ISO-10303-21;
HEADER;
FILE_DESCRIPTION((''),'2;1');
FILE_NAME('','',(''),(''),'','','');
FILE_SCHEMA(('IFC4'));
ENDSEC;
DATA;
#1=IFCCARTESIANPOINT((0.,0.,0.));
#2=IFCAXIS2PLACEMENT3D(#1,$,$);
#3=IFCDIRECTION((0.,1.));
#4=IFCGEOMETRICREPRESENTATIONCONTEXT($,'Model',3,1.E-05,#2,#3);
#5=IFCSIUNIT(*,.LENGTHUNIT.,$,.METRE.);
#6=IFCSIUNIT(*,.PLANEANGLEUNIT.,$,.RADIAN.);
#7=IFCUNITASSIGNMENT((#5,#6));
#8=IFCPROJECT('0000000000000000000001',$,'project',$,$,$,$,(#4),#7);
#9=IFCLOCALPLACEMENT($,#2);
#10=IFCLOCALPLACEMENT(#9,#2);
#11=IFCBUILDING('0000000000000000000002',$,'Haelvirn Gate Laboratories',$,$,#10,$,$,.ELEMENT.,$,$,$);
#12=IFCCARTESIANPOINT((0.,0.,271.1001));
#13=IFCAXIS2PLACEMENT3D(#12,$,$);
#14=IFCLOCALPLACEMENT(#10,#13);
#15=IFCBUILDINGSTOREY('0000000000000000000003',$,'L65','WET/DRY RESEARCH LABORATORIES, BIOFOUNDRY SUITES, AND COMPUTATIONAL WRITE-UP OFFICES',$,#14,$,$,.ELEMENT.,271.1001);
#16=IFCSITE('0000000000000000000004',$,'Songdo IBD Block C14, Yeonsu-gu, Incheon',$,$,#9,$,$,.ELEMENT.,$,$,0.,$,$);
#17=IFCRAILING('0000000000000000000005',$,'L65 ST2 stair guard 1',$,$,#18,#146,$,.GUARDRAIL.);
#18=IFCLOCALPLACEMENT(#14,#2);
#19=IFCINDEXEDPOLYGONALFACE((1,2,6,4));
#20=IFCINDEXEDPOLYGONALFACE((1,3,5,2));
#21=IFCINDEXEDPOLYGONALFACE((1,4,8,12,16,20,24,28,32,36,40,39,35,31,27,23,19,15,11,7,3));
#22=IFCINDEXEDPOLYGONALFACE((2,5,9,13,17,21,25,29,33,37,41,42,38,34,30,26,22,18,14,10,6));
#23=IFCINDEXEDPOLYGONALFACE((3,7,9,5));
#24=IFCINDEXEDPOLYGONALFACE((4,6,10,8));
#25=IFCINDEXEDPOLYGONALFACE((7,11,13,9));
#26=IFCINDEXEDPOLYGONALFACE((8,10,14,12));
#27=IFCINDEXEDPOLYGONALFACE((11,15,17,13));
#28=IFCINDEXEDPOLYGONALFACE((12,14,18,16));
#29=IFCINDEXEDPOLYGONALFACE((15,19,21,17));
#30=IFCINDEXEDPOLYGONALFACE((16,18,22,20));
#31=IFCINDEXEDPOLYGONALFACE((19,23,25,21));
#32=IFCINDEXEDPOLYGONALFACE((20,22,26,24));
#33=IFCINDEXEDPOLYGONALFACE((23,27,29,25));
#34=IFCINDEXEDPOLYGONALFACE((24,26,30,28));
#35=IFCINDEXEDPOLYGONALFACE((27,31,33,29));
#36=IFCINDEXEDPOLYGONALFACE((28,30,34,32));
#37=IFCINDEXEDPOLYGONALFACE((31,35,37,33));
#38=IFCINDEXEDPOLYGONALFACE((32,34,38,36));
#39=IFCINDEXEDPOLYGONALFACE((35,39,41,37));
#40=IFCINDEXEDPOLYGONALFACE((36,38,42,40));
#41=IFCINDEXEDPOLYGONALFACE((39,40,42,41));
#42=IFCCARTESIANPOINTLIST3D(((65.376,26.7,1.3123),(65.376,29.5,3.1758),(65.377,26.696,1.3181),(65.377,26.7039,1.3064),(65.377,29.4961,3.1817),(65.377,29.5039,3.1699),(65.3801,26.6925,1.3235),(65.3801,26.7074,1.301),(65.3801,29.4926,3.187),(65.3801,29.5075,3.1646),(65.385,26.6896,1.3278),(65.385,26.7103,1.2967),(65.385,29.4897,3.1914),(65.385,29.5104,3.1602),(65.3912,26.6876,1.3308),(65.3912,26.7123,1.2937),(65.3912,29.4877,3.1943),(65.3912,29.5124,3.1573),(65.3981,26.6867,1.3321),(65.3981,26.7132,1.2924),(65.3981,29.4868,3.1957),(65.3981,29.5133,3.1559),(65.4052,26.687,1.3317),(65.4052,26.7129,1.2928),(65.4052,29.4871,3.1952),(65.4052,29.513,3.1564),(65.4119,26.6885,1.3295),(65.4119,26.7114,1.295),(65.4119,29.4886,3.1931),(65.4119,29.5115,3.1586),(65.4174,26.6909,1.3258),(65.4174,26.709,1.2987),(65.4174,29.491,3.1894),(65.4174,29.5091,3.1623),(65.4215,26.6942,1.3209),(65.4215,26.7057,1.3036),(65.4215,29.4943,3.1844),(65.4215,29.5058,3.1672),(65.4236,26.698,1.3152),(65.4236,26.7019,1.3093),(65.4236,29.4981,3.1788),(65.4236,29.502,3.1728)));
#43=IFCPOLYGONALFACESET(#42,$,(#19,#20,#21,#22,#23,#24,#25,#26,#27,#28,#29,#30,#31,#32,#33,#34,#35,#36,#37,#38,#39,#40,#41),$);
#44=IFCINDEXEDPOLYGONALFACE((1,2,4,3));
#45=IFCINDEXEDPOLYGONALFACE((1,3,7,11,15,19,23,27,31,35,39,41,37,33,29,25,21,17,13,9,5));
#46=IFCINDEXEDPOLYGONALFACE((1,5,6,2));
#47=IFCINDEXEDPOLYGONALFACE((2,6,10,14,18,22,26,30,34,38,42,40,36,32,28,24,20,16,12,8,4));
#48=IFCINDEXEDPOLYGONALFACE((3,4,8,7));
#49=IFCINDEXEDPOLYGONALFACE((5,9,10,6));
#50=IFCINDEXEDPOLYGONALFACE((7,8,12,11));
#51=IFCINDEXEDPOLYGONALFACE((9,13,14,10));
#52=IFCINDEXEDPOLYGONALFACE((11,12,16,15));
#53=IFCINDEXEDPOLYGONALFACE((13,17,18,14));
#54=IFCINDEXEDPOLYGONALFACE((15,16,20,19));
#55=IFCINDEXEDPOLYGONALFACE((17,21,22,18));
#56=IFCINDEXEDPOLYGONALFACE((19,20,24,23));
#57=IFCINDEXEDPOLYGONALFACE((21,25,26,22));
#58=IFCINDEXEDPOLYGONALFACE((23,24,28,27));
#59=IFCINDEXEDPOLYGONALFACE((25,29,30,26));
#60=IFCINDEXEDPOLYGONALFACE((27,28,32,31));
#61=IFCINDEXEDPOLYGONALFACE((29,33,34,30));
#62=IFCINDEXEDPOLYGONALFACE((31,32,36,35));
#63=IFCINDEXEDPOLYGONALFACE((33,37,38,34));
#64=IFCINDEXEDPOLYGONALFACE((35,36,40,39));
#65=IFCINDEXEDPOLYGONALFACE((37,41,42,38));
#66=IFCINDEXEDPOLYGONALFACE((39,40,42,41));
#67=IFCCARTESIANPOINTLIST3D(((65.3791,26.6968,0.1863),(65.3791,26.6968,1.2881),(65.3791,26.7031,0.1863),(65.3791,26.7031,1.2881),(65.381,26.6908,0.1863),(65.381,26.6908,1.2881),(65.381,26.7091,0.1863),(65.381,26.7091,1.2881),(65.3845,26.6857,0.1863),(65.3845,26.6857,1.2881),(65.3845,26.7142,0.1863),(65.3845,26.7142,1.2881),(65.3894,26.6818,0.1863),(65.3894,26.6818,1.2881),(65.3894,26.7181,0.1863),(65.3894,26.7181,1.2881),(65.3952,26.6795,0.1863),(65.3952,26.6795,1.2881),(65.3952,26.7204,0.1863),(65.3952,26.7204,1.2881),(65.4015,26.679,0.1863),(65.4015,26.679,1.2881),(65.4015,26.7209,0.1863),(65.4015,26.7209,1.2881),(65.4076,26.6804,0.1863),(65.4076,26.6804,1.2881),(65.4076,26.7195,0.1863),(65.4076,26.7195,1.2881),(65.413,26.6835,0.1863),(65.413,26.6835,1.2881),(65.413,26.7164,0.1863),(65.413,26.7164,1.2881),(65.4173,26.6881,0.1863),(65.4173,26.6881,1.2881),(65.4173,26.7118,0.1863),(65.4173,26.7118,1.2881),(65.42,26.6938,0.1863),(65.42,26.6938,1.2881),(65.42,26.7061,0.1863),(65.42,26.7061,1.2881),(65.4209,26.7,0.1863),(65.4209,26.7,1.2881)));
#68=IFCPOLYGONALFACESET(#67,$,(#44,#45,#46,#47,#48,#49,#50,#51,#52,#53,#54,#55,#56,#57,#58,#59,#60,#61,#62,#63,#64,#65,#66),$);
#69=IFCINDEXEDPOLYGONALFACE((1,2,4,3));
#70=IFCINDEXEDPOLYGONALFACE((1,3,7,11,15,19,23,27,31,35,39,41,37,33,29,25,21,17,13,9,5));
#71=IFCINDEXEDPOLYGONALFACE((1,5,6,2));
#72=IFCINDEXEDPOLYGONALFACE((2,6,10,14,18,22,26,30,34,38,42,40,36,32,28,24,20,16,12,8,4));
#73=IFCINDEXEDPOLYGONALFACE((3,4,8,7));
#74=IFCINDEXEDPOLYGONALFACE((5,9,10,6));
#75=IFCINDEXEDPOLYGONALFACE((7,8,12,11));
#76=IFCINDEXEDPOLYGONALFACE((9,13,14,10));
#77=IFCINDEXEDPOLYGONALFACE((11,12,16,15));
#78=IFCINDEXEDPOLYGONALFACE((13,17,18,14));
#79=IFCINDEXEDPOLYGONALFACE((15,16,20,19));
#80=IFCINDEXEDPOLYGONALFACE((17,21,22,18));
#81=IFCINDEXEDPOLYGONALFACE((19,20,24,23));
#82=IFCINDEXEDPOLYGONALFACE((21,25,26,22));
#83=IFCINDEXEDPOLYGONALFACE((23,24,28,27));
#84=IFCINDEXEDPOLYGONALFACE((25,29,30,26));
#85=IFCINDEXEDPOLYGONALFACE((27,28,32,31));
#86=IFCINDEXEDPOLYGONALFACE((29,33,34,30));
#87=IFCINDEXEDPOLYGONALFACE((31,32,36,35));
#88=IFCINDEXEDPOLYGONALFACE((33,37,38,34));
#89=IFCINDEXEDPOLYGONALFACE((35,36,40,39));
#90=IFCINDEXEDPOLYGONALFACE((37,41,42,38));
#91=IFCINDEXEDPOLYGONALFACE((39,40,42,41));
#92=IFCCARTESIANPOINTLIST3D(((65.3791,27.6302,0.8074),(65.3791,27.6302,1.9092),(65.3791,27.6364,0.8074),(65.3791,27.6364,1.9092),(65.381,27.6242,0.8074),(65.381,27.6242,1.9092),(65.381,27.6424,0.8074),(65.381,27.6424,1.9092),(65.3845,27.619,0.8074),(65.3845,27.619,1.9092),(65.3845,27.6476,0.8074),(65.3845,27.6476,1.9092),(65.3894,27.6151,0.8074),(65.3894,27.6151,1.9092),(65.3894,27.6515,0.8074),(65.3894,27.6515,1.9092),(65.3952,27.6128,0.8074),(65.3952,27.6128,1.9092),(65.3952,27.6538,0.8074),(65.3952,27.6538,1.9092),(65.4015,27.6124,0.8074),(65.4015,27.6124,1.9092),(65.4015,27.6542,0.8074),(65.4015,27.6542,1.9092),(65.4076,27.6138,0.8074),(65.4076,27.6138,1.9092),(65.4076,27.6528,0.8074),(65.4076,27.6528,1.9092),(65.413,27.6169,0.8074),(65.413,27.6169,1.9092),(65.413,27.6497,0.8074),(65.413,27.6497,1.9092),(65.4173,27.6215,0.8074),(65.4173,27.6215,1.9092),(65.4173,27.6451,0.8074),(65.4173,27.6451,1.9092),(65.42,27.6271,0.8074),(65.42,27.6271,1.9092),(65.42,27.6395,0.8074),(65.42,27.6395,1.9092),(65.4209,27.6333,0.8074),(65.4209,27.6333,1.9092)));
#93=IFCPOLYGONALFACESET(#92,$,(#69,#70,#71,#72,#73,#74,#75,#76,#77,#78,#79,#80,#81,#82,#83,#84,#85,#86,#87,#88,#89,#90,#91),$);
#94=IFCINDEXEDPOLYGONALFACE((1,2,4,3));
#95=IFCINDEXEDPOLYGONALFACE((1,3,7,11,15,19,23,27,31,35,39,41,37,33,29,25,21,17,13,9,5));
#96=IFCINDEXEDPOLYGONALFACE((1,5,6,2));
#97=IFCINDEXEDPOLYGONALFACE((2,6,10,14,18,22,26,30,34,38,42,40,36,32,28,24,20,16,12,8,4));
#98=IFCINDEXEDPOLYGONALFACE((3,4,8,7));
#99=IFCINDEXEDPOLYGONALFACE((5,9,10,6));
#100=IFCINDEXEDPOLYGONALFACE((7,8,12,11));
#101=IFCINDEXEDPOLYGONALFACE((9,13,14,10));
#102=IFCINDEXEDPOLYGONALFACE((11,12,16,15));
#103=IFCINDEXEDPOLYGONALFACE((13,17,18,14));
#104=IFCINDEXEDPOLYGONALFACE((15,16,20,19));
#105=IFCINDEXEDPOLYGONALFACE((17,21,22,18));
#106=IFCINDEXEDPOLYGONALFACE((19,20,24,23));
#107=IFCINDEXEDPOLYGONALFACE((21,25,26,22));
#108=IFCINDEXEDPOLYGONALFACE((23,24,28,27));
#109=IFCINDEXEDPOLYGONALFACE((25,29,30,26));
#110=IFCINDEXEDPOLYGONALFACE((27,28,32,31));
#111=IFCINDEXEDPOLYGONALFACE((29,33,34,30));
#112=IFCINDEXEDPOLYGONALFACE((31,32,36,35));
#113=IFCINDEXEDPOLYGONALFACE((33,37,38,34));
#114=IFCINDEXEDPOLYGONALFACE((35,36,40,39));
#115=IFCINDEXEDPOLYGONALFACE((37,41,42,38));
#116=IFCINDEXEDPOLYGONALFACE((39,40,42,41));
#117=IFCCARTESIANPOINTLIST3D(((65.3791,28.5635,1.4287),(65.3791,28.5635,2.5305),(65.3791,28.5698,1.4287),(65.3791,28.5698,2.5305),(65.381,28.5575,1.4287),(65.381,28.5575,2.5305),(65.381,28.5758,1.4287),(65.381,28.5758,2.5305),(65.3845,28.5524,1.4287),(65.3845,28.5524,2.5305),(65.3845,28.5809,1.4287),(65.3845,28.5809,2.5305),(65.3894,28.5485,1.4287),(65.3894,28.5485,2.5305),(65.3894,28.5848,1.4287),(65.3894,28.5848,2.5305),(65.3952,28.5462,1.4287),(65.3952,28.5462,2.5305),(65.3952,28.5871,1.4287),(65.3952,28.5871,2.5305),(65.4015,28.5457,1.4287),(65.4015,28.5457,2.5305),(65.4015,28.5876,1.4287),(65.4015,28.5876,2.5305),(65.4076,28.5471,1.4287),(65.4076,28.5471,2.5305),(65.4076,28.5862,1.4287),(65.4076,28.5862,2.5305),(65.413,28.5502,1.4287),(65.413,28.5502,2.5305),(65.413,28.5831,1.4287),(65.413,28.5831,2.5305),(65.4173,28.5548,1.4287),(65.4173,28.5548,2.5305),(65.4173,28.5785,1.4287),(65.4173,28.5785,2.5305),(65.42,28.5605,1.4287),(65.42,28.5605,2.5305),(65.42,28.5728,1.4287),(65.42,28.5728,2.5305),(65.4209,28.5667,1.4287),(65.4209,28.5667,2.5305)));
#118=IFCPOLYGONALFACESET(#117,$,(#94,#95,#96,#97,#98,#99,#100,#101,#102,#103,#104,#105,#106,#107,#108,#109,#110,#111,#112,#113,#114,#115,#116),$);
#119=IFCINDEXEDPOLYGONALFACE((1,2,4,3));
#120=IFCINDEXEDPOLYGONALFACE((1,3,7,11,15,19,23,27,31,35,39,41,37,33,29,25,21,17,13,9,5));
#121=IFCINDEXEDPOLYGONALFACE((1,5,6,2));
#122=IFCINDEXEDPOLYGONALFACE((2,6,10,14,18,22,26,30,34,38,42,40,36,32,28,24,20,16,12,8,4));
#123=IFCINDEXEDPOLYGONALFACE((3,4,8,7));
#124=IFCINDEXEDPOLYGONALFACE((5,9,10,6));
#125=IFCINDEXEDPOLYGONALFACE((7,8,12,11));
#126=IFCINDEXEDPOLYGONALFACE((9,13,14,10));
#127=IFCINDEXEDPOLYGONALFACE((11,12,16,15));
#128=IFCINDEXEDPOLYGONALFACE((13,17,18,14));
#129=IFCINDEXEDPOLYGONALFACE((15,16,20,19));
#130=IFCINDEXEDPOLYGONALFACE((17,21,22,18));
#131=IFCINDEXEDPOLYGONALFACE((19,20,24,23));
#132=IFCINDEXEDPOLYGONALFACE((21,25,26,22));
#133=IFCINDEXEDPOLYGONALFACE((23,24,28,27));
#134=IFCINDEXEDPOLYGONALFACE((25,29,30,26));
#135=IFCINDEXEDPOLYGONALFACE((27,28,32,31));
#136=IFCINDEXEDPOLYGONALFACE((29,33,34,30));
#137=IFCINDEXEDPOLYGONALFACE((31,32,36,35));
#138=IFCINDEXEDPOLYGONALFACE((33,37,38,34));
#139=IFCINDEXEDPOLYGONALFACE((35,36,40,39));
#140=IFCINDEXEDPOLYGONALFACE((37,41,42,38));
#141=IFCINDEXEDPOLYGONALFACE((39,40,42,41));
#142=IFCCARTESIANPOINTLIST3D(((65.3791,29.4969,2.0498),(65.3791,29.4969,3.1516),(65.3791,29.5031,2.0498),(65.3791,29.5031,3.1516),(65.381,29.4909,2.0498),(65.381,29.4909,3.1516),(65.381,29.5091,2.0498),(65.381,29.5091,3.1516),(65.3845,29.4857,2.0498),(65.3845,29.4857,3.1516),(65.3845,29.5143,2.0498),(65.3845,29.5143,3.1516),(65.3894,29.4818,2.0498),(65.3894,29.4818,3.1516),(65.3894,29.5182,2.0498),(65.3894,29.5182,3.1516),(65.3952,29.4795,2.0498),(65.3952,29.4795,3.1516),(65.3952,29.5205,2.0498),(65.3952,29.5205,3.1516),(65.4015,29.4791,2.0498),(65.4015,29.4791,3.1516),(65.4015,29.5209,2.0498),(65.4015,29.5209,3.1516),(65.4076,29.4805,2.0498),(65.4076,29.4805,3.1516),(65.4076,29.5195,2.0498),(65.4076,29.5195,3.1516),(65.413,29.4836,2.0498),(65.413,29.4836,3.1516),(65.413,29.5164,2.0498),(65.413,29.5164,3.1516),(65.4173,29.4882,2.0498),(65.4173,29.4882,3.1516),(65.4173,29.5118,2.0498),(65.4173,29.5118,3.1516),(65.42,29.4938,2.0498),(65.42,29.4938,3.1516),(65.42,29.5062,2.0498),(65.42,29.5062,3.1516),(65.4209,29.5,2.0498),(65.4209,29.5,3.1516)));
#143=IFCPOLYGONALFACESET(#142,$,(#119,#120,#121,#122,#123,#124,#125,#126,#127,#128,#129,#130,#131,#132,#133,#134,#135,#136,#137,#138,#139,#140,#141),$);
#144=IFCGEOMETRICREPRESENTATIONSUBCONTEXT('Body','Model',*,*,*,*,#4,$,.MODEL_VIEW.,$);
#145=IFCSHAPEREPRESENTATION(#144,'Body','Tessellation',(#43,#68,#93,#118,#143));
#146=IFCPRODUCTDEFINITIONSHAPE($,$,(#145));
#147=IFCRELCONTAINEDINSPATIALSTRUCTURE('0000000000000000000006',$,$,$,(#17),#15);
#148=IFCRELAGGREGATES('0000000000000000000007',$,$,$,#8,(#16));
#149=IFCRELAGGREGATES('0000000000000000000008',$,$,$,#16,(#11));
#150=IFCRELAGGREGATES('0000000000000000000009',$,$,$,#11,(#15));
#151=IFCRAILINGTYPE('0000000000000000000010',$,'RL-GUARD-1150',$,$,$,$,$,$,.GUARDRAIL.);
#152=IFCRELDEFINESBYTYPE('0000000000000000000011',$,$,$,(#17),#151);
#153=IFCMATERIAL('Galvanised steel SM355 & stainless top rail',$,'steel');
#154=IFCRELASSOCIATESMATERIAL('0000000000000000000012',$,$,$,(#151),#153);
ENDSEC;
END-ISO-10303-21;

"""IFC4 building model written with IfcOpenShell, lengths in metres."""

from ifc_helpers import new_model, si_unit, direction, frame, origin, origin_2d, place, context, subcontext, project, spatial, circle, extrude, source, transform, mapped, material, type_object, element, save


model = new_model("IFC4")

# Units and contexts
model_context = context("Model", 3, precision=1e-05, world=origin(), true_north=direction((0.0, 1.0)))
body_context = subcontext(model_context, "Body", "Model", "MODEL_VIEW")
ifc_project = project(units=[si_unit("LENGTHUNIT", "METRE"), si_unit("PLANEANGLEUNIT", "RADIAN")], contexts=[model_context])

# Site, building, storey
site_placement = place(None, origin())
site = spatial("IfcSite", under=ifc_project, at=site_placement, Name="Songdo IBD Block C14, Yeonsu-gu, Incheon", CompositionType="ELEMENT", RefElevation=0.0)
building_placement = place(site_placement, origin())
building = spatial("IfcBuilding", under=site, at=building_placement, Name="Haelvirn Gate Laboratories", CompositionType="ELEMENT")
storey_placement = place(building_placement, frame((0.0, 0.0, 271.1001)))
storey = spatial("IfcBuildingStorey", under=building, at=storey_placement, Name="L65", Description="WET/DRY RESEARCH LABORATORIES, BIOFOUNDRY SUITES, AND COMPUTATIONAL WRITE-UP OFFICES", CompositionType="ELEMENT", Elevation=271.1001)

# Railing
ifc_material_1 = material(Name="Galvanised steel SM355 & stainless top rail", Category="steel")
railing_type_1 = type_object("IfcRailingType", Name="RL-GUARD-1150", PredefinedType="GUARDRAIL", material=ifc_material_1)
shared_shape_1 = source(origin(), body_context, "Body", "SweptSolid", [
    extrude(circle(Radius=0.0239, at=origin_2d()), frame((0.0, 0.0, 1.126), z_axis=(0.0, 0.832486, 0.554047), x_axis=(-1.0, 0.0, 0.0)), (0.0, 0.0, 1.0), 3.3635),
    extrude(circle(Radius=0.021, at=origin_2d()), origin(), (0.0, 0.0, 1.0), 1.1018),
    extrude(circle(Radius=0.021, at=origin_2d()), frame((0.0, 0.9333, 0.6211)), (0.0, 0.0, 1.0), 1.1018),
    extrude(circle(Radius=0.021, at=origin_2d()), frame((0.0, 1.8667, 1.2424)), (0.0, 0.0, 1.0), 1.1018),
    extrude(circle(Radius=0.021, at=origin_2d()), frame((0.0, 2.8, 1.8635)), (0.0, 0.0, 1.0), 1.1018),
])
railing_1_placement = place(storey_placement, frame((65.3999, 26.7, 0.1863)))
element("IfcRailing", 1, at=railing_1_placement, inside=storey, type_object=railing_type_1, Name="L65 ST2 stair guard 1", PredefinedType="GUARDRAIL", context=body_context, shape_type="MappedRepresentation", body=[
    mapped(shared_shape_1, transform((0.0, 0.0, 0.0), scale=1.0)),
])

save(model, "model.ifc")
